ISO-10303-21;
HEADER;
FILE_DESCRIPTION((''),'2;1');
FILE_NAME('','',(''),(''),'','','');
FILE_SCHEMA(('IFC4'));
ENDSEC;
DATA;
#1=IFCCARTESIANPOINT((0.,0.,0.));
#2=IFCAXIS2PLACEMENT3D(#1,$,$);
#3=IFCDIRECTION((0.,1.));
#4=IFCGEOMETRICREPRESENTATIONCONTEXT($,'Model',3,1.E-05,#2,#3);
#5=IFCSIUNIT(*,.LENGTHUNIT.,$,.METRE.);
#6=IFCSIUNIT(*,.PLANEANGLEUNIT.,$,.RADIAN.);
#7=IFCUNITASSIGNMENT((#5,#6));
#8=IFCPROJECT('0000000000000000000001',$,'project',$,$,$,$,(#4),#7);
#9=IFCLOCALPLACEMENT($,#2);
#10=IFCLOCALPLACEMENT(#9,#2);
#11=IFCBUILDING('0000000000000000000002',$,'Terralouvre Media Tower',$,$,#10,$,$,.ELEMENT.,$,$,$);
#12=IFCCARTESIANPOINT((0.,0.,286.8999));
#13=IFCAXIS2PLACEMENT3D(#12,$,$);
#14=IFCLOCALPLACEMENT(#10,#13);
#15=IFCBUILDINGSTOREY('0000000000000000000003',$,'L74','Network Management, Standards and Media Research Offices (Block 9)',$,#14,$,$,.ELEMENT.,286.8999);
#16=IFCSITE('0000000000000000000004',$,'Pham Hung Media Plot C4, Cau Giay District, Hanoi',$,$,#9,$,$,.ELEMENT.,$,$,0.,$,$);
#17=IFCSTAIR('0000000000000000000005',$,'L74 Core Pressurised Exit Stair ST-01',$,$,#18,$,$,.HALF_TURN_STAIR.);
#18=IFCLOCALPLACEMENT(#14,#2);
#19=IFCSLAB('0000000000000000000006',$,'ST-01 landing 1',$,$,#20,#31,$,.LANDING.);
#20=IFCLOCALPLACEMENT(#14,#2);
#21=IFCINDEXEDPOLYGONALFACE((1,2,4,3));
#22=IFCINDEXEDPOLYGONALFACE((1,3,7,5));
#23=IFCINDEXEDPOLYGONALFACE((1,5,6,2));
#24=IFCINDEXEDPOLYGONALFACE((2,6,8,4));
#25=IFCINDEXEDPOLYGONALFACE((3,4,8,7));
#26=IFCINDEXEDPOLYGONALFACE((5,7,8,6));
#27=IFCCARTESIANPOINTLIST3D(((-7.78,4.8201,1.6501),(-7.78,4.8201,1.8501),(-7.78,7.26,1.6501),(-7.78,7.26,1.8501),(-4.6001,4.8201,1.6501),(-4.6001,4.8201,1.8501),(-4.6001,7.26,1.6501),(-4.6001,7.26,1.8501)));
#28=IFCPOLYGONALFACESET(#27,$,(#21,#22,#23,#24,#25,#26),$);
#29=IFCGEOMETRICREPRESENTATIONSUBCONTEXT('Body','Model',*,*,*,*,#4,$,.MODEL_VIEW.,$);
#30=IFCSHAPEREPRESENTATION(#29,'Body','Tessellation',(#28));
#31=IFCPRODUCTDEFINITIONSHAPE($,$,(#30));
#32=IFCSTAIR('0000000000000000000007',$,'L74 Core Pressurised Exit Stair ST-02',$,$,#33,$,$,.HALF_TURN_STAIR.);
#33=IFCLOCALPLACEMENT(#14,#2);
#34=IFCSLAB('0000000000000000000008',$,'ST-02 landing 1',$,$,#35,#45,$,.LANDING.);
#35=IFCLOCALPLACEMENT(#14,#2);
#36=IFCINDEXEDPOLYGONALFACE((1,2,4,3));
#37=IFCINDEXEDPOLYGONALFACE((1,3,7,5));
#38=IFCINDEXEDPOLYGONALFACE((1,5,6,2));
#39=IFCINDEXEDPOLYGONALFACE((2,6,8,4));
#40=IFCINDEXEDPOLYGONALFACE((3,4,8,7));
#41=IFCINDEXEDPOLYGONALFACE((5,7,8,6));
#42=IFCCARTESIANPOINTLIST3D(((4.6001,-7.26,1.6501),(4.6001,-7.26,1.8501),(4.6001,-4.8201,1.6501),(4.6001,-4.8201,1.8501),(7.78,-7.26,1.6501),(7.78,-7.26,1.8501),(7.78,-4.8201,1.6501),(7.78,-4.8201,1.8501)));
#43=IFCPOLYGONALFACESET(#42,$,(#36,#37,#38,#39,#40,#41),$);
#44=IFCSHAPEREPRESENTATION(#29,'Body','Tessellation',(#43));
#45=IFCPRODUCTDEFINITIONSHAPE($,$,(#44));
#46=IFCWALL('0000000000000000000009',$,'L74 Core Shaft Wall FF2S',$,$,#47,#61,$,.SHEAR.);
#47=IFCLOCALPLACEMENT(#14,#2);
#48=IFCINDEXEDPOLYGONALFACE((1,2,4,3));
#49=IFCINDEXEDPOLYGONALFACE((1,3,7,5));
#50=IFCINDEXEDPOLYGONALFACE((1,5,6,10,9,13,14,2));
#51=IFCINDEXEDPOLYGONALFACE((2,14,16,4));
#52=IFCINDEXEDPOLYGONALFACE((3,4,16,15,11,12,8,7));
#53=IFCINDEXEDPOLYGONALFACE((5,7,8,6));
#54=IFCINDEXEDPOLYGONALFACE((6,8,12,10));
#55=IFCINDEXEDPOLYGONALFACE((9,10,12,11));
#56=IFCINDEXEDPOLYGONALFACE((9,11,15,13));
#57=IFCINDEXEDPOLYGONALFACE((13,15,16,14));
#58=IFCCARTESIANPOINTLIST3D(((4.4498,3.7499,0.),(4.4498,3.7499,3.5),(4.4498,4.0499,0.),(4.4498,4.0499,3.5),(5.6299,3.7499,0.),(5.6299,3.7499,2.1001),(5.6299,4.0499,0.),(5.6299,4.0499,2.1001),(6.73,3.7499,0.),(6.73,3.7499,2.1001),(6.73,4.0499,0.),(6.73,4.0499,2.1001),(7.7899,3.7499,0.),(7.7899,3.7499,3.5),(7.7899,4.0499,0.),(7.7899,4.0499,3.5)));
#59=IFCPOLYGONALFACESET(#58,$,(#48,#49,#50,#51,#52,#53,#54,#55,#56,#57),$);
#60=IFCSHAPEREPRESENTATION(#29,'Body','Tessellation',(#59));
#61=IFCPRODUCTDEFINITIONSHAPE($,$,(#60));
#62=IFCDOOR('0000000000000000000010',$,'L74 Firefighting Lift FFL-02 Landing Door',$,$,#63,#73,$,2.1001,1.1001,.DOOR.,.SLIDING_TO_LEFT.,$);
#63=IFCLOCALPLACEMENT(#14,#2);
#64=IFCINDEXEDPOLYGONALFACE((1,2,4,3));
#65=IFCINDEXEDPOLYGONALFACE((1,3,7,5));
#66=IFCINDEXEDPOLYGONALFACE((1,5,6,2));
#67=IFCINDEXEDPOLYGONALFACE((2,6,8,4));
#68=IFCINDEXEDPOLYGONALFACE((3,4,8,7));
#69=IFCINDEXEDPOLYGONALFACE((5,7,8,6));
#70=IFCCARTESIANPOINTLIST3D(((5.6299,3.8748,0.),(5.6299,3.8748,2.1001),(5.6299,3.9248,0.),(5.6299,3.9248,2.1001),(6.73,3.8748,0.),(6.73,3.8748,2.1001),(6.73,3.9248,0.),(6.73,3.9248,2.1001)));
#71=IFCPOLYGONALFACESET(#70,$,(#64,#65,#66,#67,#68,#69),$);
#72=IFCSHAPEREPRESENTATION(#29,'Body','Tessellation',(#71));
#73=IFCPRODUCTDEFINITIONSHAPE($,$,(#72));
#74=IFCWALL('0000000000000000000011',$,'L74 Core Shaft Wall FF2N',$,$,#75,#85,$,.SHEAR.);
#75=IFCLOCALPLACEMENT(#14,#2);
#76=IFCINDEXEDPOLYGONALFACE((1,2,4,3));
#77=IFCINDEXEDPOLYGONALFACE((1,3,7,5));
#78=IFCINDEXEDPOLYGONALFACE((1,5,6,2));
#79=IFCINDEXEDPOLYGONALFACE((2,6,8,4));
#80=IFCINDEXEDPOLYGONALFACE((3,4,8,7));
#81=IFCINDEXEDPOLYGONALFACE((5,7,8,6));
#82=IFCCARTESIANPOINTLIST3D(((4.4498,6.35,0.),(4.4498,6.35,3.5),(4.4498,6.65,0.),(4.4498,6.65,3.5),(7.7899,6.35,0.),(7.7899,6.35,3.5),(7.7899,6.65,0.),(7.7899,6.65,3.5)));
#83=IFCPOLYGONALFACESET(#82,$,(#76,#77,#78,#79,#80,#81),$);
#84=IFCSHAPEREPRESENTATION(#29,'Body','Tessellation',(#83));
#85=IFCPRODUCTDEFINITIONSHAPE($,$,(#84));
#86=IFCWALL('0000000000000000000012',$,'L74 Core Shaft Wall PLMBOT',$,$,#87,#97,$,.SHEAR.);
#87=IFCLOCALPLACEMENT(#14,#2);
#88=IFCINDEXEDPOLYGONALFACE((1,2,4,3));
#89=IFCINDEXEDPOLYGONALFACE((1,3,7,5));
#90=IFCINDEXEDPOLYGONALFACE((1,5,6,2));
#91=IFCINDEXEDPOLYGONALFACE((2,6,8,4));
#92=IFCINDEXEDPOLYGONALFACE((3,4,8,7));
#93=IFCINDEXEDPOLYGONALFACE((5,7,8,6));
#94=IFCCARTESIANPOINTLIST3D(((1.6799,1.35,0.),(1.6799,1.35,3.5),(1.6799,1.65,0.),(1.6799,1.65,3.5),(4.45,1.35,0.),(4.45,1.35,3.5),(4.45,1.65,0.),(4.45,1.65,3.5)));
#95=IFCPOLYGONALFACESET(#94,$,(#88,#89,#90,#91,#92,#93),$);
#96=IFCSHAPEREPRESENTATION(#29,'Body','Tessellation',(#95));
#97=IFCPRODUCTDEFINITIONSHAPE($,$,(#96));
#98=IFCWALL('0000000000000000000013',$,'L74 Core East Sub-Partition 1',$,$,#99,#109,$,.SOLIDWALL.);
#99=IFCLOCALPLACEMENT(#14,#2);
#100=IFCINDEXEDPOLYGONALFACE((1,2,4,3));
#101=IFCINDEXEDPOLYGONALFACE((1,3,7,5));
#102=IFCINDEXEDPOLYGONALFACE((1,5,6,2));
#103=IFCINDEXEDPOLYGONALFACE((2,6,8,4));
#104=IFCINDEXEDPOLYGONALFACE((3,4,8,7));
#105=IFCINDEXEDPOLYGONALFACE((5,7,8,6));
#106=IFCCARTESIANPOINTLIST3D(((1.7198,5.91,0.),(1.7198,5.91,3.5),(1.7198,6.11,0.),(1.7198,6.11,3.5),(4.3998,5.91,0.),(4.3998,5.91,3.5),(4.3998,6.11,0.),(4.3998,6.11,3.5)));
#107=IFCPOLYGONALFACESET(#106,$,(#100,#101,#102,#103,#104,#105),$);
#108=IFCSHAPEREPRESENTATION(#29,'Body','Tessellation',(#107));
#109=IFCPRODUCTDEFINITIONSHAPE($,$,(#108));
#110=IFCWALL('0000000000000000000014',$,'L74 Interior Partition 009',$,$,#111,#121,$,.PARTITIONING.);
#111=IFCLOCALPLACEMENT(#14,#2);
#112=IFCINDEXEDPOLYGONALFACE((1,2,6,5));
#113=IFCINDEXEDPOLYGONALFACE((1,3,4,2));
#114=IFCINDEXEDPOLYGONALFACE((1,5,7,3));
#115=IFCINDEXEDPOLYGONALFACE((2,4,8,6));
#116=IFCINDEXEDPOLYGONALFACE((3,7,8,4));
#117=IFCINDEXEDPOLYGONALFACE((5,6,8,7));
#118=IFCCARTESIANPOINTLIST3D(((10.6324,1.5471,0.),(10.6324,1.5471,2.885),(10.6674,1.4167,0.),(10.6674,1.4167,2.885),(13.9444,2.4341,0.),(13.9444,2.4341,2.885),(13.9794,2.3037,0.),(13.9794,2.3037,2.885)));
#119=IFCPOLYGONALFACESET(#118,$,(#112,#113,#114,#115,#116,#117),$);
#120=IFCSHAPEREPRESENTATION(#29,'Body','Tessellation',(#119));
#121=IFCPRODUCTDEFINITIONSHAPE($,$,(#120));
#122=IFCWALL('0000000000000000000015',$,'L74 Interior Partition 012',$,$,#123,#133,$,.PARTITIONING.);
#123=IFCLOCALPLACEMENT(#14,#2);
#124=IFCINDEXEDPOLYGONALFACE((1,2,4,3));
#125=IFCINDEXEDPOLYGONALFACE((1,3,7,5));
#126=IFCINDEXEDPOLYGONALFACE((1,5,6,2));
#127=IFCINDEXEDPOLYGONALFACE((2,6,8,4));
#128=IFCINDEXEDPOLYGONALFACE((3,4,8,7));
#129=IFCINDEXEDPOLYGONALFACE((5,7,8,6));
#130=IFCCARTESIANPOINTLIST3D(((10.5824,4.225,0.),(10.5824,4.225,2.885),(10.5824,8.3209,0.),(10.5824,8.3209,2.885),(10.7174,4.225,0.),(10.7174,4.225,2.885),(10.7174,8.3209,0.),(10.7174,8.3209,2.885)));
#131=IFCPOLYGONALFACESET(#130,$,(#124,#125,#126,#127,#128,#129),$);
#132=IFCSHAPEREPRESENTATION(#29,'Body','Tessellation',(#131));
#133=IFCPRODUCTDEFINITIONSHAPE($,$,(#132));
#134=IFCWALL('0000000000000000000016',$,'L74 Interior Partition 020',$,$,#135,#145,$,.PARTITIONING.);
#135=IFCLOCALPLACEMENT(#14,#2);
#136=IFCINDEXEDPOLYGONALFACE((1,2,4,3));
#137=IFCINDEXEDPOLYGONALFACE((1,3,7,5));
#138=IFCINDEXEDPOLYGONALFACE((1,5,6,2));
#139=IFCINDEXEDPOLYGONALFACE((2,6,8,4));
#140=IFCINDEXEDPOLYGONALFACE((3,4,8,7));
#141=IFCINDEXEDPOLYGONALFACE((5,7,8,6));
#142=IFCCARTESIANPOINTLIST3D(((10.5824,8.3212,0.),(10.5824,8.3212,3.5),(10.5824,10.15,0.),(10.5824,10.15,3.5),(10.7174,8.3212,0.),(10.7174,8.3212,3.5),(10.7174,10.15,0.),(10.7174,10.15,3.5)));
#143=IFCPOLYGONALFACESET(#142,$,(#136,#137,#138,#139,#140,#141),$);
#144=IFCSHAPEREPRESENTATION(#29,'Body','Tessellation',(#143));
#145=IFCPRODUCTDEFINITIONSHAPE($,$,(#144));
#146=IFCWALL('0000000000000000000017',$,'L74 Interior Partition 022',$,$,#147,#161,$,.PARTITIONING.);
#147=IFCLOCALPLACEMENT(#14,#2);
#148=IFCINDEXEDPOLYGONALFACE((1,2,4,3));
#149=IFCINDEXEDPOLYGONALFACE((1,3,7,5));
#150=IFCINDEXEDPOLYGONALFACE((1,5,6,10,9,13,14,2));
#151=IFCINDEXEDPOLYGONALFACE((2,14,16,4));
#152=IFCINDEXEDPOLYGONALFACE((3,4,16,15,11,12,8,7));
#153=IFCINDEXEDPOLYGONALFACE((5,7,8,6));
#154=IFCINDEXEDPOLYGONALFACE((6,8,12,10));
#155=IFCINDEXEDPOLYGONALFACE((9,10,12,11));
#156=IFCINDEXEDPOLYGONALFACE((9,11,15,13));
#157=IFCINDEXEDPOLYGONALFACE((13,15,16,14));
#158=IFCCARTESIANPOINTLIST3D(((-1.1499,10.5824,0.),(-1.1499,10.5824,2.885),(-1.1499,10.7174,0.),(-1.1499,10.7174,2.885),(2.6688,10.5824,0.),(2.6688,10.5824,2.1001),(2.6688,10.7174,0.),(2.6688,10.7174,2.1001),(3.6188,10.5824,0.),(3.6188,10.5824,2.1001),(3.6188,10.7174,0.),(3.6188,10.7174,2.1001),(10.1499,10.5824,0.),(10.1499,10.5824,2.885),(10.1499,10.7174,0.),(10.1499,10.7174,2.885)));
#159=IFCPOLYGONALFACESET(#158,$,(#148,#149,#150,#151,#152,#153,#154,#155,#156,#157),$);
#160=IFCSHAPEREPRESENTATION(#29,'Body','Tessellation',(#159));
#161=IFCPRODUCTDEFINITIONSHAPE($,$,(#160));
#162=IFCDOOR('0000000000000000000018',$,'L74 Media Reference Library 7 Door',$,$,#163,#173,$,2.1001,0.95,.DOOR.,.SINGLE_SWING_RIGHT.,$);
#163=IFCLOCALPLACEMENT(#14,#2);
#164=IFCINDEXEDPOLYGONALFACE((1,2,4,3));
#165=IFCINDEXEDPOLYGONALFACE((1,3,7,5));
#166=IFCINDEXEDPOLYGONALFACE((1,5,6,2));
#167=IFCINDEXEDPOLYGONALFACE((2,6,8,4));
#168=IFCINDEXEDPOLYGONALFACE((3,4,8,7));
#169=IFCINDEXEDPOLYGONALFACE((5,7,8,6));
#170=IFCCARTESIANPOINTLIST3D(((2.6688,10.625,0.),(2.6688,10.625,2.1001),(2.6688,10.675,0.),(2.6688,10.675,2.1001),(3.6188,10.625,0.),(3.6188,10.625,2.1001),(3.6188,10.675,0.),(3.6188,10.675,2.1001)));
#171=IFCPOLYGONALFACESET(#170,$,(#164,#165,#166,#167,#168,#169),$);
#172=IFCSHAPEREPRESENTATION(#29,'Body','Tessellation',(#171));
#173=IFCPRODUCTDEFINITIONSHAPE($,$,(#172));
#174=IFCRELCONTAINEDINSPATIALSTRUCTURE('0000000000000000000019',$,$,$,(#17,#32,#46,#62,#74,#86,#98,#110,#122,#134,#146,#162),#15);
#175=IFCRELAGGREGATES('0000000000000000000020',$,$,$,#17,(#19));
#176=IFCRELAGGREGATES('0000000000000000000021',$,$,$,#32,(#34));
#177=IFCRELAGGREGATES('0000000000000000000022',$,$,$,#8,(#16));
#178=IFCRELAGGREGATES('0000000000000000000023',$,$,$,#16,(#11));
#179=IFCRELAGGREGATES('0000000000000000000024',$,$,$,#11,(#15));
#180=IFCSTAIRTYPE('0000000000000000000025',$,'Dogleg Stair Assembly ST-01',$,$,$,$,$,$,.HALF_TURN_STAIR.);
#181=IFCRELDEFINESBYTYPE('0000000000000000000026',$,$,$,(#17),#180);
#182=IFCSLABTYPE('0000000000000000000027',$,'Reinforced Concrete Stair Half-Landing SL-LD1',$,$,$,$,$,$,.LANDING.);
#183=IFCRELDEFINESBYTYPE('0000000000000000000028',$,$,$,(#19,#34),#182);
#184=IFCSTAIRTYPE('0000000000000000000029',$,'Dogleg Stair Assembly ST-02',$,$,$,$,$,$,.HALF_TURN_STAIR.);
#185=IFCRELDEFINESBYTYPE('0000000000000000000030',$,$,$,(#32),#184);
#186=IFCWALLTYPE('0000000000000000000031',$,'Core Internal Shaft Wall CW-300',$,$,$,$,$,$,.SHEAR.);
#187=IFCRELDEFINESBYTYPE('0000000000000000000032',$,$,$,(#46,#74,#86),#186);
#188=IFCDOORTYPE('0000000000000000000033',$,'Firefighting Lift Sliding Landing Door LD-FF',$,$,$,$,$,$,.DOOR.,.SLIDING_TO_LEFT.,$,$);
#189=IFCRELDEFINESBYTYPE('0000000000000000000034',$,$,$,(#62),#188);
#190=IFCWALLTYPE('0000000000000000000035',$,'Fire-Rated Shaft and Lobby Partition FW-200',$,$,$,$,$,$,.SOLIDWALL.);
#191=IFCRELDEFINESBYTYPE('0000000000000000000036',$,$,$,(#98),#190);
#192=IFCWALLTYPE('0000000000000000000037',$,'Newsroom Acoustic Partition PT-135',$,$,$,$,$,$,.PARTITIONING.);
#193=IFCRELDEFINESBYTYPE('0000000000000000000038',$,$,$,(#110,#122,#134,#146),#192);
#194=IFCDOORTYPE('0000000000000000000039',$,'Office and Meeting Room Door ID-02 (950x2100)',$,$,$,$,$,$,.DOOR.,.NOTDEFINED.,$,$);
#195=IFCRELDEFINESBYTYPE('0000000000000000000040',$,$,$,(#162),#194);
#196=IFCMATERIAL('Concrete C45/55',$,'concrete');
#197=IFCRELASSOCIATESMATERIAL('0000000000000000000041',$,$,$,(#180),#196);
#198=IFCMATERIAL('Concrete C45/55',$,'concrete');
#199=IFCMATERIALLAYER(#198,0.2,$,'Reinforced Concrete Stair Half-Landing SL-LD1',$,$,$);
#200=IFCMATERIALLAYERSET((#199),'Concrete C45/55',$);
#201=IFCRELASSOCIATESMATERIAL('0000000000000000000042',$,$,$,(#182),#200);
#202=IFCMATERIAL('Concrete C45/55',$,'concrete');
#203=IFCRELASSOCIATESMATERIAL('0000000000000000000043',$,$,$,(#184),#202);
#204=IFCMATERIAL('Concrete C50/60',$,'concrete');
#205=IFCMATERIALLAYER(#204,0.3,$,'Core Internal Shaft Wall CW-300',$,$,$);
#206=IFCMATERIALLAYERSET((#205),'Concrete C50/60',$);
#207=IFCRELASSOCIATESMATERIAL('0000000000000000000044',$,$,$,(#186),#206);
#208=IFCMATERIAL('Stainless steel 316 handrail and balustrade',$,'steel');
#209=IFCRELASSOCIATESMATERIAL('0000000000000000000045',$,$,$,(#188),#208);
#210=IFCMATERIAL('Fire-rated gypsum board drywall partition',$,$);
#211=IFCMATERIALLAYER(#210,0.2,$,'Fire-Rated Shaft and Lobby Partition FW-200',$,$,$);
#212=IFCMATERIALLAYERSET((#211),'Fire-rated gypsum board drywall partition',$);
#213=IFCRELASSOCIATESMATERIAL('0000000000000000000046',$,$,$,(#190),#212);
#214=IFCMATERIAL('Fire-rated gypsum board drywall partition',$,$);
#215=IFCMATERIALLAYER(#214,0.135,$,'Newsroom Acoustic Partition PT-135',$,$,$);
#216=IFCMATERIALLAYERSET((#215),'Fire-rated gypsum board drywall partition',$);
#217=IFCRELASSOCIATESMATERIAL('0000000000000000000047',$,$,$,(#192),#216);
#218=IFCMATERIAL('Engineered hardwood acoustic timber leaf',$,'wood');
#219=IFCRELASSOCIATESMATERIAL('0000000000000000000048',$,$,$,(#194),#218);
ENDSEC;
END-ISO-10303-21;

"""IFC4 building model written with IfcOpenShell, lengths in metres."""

from ifc_helpers import new_model, si_unit, direction, frame, frame_2d, origin, place, context, subcontext, project, spatial, polyline, rectangle, outline, extrude, material, layer, layer_set, type_object, element, fill, aggregate, save


model = new_model("IFC4")

# Units and contexts
model_context = context("Model", 3, precision=1e-05, world=origin(), true_north=direction((0.0, 1.0)))
body_context = subcontext(model_context, "Body", "Model", "MODEL_VIEW")
ifc_project = project(units=[si_unit("LENGTHUNIT", "METRE"), si_unit("PLANEANGLEUNIT", "RADIAN")], contexts=[model_context])

# Site, building, storey
site_placement = place(None, origin())
site = spatial("IfcSite", under=ifc_project, at=site_placement, Name="Pham Hung Media Plot C4, Cau Giay District, Hanoi", CompositionType="ELEMENT", RefElevation=0.0)
building_placement = place(site_placement, origin())
building = spatial("IfcBuilding", under=site, at=building_placement, Name="Terralouvre Media Tower", CompositionType="ELEMENT")
storey_placement = place(building_placement, frame((0.0, 0.0, 286.8999)))
storey = spatial("IfcBuildingStorey", under=building, at=storey_placement, Name="L74", Description="Network Management, Standards and Media Research Offices (Block 9)", CompositionType="ELEMENT", Elevation=286.8999)

# Stairs, slabs
ifc_material_1 = material(Name="Concrete C45/55", Category="concrete")
stair_type_1 = type_object("IfcStairType", Name="Dogleg Stair Assembly ST-01", PredefinedType="HALF_TURN_STAIR", material=ifc_material_1)
stair_1_placement = place(storey_placement, origin())
stair_1 = element("IfcStair", 1, at=stair_1_placement, inside=storey, type_object=stair_type_1, Name="L74 Core Pressurised Exit Stair ST-01", PredefinedType="HALF_TURN_STAIR")
ifc_material_2 = material(Name="Concrete C45/55", Category="concrete")
ifc_layer_1 = layer(ifc_material_2, 0.2, Name="Reinforced Concrete Stair Half-Landing SL-LD1")
ifc_layer_set_1 = layer_set([ifc_layer_1], Name="Concrete C45/55")
slab_type = type_object("IfcSlabType", Name="Reinforced Concrete Stair Half-Landing SL-LD1", PredefinedType="LANDING", material=ifc_layer_set_1)
slab_1_placement = place(storey_placement, frame((0.0, 0.0, 1.6501)))
slab_1 = element("IfcSlab", 2, at=slab_1_placement, type_object=slab_type, Name="ST-01 landing 1", PredefinedType="LANDING", context=body_context, shape_type="SweptSolid", body=[
    extrude(outline(polyline([(-4.6001, 4.8201), (-4.6001, 7.26), (-7.78, 7.26), (-7.78, 4.8201), (-4.6001, 4.8201)])), origin(), (0.0, 0.0, 1.0), 0.2),
])
aggregate(stair_1, [slab_1])
ifc_material_3 = material(Name="Concrete C45/55", Category="concrete")
stair_type_2 = type_object("IfcStairType", Name="Dogleg Stair Assembly ST-02", PredefinedType="HALF_TURN_STAIR", material=ifc_material_3)
stair_2_placement = place(storey_placement, origin())
stair_2 = element("IfcStair", 3, at=stair_2_placement, inside=storey, type_object=stair_type_2, Name="L74 Core Pressurised Exit Stair ST-02", PredefinedType="HALF_TURN_STAIR")
slab_2_placement = place(storey_placement, frame((0.0, 0.0, 1.6501)))
slab_2 = element("IfcSlab", 4, at=slab_2_placement, type_object=slab_type, Name="ST-02 landing 1", PredefinedType="LANDING", context=body_context, shape_type="SweptSolid", body=[
    extrude(outline(polyline([(4.6001, -4.8201), (4.6001, -7.26), (7.78, -7.26), (7.78, -4.8201), (4.6001, -4.8201)])), origin(), (0.0, 0.0, 1.0), 0.2),
])
aggregate(stair_2, [slab_2])

# Wall, opening, door
ifc_material_4 = material(Name="Concrete C50/60", Category="concrete")
ifc_layer_2 = layer(ifc_material_4, 0.3, Name="Core Internal Shaft Wall CW-300")
ifc_layer_set_2 = layer_set([ifc_layer_2], Name="Concrete C50/60")
wall_type_1 = type_object("IfcWallType", Name="Core Internal Shaft Wall CW-300", PredefinedType="SHEAR", material=ifc_layer_set_2)
wall_1_placement = place(storey_placement, frame((4.45, 3.8999, 0.0), z_axis=(0.0, 0.0, 1.0), x_axis=(1.0, 0.0, 0.0)))
wall_1 = element("IfcWall", 5, at=wall_1_placement, inside=storey, type_object=wall_type_1, Name="L74 Core Shaft Wall FF2S", PredefinedType="SHEAR", context=body_context, shape_type="SweptSolid", body=[
    extrude(rectangle(XDim=3.3401, YDim=0.3, at=frame_2d((1.6699, 0.0))), origin(), (0.0, 0.0, 1.0), 3.5),
])
opening_1_placement = place(wall_1_placement, frame((1.1799, 0.0, 0.0)))
opening_1 = element("IfcOpeningElement", 6, at=opening_1_placement, cuts=wall_1, PredefinedType="OPENING", context=body_context, shape_type="SweptSolid", body=[
    extrude(rectangle(XDim=1.1001, YDim=2.1001, at=frame_2d((0.55, 1.05))), frame((0.0, 0.1599, 0.0), z_axis=(0.0, -1.0, 0.0), x_axis=(1.0, 0.0, 0.0)), (0.0, 0.0, 1.0), 0.3201),
])
ifc_material_5 = material(Name="Stainless steel 316 handrail and balustrade", Category="steel")
door_type_1 = type_object("IfcDoorType", Name="Firefighting Lift Sliding Landing Door LD-FF", OperationType="SLIDING_TO_LEFT", PredefinedType="DOOR", material=ifc_material_5)
door_1_placement = place(opening_1_placement, origin())
door_1 = element("IfcDoor", 7, at=door_1_placement, inside=storey, type_object=door_type_1, Name="L74 Firefighting Lift FFL-02 Landing Door", OperationType="SLIDING_TO_LEFT", OverallHeight=2.1001, OverallWidth=1.1001, PredefinedType="DOOR", context=body_context, shape_type="SweptSolid", body=[
    extrude(rectangle(XDim=1.1001, YDim=2.1001, at=frame_2d((0.55, 1.05))), frame((0.0, 0.0249, 0.0), z_axis=(0.0, -1.0, 0.0), x_axis=(1.0, 0.0, 0.0)), (0.0, 0.0, 1.0), 0.05),
])
fill(opening_1, door_1)

# Walls
wall_2_placement = place(storey_placement, frame((4.45, 6.5, 0.0), z_axis=(0.0, 0.0, 1.0), x_axis=(1.0, 0.0, 0.0)))
element("IfcWall", 8, at=wall_2_placement, inside=storey, type_object=wall_type_1, Name="L74 Core Shaft Wall FF2N", PredefinedType="SHEAR", context=body_context, shape_type="SweptSolid", body=[
    extrude(rectangle(XDim=3.3401, YDim=0.3, at=frame_2d((1.6699, 0.0))), origin(), (0.0, 0.0, 1.0), 3.5),
])
wall_3_placement = place(storey_placement, frame((1.6799, 1.5, 0.0), z_axis=(0.0, 0.0, 1.0), x_axis=(1.0, 0.0, 0.0)))
element("IfcWall", 9, at=wall_3_placement, inside=storey, type_object=wall_type_1, Name="L74 Core Shaft Wall PLMBOT", PredefinedType="SHEAR", context=body_context, shape_type="SweptSolid", body=[
    extrude(rectangle(XDim=2.77, YDim=0.3, at=frame_2d((1.385, 0.0))), origin(), (0.0, 0.0, 1.0), 3.5),
])
ifc_material_6 = material(Name="Fire-rated gypsum board drywall partition")
ifc_layer_3 = layer(ifc_material_6, 0.2, Name="Fire-Rated Shaft and Lobby Partition FW-200")
ifc_layer_set_3 = layer_set([ifc_layer_3], Name="Fire-rated gypsum board drywall partition")
wall_type_2 = type_object("IfcWallType", Name="Fire-Rated Shaft and Lobby Partition FW-200", PredefinedType="SOLIDWALL", material=ifc_layer_set_3)
wall_4_placement = place(storey_placement, frame((1.72, 6.01, 0.0), z_axis=(0.0, 0.0, 1.0), x_axis=(1.0, 0.0, 0.0)))
element("IfcWall", 10, at=wall_4_placement, inside=storey, type_object=wall_type_2, Name="L74 Core East Sub-Partition 1", PredefinedType="SOLIDWALL", context=body_context, shape_type="SweptSolid", body=[
    extrude(rectangle(XDim=2.6799, YDim=0.2, at=frame_2d((1.3398, 0.0))), origin(), (0.0, 0.0, 1.0), 3.5),
])
ifc_material_7 = material(Name="Fire-rated gypsum board drywall partition")
ifc_layer_4 = layer(ifc_material_7, 0.135, Name="Newsroom Acoustic Partition PT-135")
ifc_layer_set_4 = layer_set([ifc_layer_4], Name="Fire-rated gypsum board drywall partition")
wall_type_3 = type_object("IfcWallType", Name="Newsroom Acoustic Partition PT-135", PredefinedType="PARTITIONING", material=ifc_layer_set_4)
wall_5_placement = place(storey_placement, frame((10.6499, 1.4819, 0.0), z_axis=(0.0, 0.0, 1.0), x_axis=(0.965961, 0.258686, 0.0)))
element("IfcWall", 11, at=wall_5_placement, inside=storey, type_object=wall_type_3, Name="L74 Interior Partition 009", PredefinedType="PARTITIONING", context=body_context, shape_type="SweptSolid", body=[
    extrude(rectangle(XDim=3.4287, YDim=0.135, at=frame_2d((1.7144, 0.0))), origin(), (0.0, 0.0, 1.0), 2.885),
])
wall_6_placement = place(storey_placement, frame((10.6499, 4.2251, 0.0), z_axis=(0.0, 0.0, 1.0), x_axis=(0.0, 1.0, 0.0)))
element("IfcWall", 12, at=wall_6_placement, inside=storey, type_object=wall_type_3, Name="L74 Interior Partition 012", PredefinedType="PARTITIONING", context=body_context, shape_type="SweptSolid", body=[
    extrude(rectangle(XDim=4.0959, YDim=0.135, at=frame_2d((2.0479, 0.0))), origin(), (0.0, 0.0, 1.0), 2.885),
])
wall_7_placement = place(storey_placement, frame((10.6499, 8.321, 0.0), z_axis=(0.0, 0.0, 1.0), x_axis=(0.0, 1.0, 0.0)))
element("IfcWall", 13, at=wall_7_placement, inside=storey, type_object=wall_type_3, Name="L74 Interior Partition 020", PredefinedType="PARTITIONING", context=body_context, shape_type="SweptSolid", body=[
    extrude(rectangle(XDim=1.8289, YDim=0.135, at=frame_2d((0.9146, 0.0))), origin(), (0.0, 0.0, 1.0), 3.5),
])

# Wall, opening, door
wall_8_placement = place(storey_placement, frame((10.1499, 10.6499, 0.0), z_axis=(0.0, 0.0, 1.0), x_axis=(-1.0, 0.0, 0.0)))
wall_8 = element("IfcWall", 14, at=wall_8_placement, inside=storey, type_object=wall_type_3, Name="L74 Interior Partition 022", PredefinedType="PARTITIONING", context=body_context, shape_type="SweptSolid", body=[
    extrude(rectangle(XDim=11.2998, YDim=0.135, at=frame_2d((5.6499, 0.0))), origin(), (0.0, 0.0, 1.0), 2.885),
])
opening_2_placement = place(wall_8_placement, frame((6.531, 0.0, 0.0)))
opening_2 = element("IfcOpeningElement", 15, at=opening_2_placement, cuts=wall_8, PredefinedType="OPENING", context=body_context, shape_type="SweptSolid", body=[
    extrude(rectangle(XDim=0.95, YDim=2.1001, at=frame_2d((0.4751, 1.05))), frame((0.0, 0.0774, 0.0), z_axis=(0.0, -1.0, 0.0), x_axis=(1.0, 0.0, 0.0)), (0.0, 0.0, 1.0), 0.155),
])
ifc_material_8 = material(Name="Engineered hardwood acoustic timber leaf", Category="wood")
door_type_2 = type_object("IfcDoorType", Name="Office and Meeting Room Door ID-02 (950x2100)", OperationType="NOTDEFINED", PredefinedType="DOOR", material=ifc_material_8)
door_2_placement = place(opening_2_placement, origin())
door_2 = element("IfcDoor", 16, at=door_2_placement, inside=storey, type_object=door_type_2, Name="L74 Media Reference Library 7 Door", OperationType="SINGLE_SWING_RIGHT", OverallHeight=2.1001, OverallWidth=0.95, PredefinedType="DOOR", context=body_context, shape_type="SweptSolid", body=[
    extrude(rectangle(XDim=0.95, YDim=2.1001, at=frame_2d((0.4751, 1.05))), frame((0.0, 0.0249, 0.0), z_axis=(0.0, -1.0, 0.0), x_axis=(1.0, 0.0, 0.0)), (0.0, 0.0, 1.0), 0.05),
])
fill(opening_2, door_2)

save(model, "model.ifc")
